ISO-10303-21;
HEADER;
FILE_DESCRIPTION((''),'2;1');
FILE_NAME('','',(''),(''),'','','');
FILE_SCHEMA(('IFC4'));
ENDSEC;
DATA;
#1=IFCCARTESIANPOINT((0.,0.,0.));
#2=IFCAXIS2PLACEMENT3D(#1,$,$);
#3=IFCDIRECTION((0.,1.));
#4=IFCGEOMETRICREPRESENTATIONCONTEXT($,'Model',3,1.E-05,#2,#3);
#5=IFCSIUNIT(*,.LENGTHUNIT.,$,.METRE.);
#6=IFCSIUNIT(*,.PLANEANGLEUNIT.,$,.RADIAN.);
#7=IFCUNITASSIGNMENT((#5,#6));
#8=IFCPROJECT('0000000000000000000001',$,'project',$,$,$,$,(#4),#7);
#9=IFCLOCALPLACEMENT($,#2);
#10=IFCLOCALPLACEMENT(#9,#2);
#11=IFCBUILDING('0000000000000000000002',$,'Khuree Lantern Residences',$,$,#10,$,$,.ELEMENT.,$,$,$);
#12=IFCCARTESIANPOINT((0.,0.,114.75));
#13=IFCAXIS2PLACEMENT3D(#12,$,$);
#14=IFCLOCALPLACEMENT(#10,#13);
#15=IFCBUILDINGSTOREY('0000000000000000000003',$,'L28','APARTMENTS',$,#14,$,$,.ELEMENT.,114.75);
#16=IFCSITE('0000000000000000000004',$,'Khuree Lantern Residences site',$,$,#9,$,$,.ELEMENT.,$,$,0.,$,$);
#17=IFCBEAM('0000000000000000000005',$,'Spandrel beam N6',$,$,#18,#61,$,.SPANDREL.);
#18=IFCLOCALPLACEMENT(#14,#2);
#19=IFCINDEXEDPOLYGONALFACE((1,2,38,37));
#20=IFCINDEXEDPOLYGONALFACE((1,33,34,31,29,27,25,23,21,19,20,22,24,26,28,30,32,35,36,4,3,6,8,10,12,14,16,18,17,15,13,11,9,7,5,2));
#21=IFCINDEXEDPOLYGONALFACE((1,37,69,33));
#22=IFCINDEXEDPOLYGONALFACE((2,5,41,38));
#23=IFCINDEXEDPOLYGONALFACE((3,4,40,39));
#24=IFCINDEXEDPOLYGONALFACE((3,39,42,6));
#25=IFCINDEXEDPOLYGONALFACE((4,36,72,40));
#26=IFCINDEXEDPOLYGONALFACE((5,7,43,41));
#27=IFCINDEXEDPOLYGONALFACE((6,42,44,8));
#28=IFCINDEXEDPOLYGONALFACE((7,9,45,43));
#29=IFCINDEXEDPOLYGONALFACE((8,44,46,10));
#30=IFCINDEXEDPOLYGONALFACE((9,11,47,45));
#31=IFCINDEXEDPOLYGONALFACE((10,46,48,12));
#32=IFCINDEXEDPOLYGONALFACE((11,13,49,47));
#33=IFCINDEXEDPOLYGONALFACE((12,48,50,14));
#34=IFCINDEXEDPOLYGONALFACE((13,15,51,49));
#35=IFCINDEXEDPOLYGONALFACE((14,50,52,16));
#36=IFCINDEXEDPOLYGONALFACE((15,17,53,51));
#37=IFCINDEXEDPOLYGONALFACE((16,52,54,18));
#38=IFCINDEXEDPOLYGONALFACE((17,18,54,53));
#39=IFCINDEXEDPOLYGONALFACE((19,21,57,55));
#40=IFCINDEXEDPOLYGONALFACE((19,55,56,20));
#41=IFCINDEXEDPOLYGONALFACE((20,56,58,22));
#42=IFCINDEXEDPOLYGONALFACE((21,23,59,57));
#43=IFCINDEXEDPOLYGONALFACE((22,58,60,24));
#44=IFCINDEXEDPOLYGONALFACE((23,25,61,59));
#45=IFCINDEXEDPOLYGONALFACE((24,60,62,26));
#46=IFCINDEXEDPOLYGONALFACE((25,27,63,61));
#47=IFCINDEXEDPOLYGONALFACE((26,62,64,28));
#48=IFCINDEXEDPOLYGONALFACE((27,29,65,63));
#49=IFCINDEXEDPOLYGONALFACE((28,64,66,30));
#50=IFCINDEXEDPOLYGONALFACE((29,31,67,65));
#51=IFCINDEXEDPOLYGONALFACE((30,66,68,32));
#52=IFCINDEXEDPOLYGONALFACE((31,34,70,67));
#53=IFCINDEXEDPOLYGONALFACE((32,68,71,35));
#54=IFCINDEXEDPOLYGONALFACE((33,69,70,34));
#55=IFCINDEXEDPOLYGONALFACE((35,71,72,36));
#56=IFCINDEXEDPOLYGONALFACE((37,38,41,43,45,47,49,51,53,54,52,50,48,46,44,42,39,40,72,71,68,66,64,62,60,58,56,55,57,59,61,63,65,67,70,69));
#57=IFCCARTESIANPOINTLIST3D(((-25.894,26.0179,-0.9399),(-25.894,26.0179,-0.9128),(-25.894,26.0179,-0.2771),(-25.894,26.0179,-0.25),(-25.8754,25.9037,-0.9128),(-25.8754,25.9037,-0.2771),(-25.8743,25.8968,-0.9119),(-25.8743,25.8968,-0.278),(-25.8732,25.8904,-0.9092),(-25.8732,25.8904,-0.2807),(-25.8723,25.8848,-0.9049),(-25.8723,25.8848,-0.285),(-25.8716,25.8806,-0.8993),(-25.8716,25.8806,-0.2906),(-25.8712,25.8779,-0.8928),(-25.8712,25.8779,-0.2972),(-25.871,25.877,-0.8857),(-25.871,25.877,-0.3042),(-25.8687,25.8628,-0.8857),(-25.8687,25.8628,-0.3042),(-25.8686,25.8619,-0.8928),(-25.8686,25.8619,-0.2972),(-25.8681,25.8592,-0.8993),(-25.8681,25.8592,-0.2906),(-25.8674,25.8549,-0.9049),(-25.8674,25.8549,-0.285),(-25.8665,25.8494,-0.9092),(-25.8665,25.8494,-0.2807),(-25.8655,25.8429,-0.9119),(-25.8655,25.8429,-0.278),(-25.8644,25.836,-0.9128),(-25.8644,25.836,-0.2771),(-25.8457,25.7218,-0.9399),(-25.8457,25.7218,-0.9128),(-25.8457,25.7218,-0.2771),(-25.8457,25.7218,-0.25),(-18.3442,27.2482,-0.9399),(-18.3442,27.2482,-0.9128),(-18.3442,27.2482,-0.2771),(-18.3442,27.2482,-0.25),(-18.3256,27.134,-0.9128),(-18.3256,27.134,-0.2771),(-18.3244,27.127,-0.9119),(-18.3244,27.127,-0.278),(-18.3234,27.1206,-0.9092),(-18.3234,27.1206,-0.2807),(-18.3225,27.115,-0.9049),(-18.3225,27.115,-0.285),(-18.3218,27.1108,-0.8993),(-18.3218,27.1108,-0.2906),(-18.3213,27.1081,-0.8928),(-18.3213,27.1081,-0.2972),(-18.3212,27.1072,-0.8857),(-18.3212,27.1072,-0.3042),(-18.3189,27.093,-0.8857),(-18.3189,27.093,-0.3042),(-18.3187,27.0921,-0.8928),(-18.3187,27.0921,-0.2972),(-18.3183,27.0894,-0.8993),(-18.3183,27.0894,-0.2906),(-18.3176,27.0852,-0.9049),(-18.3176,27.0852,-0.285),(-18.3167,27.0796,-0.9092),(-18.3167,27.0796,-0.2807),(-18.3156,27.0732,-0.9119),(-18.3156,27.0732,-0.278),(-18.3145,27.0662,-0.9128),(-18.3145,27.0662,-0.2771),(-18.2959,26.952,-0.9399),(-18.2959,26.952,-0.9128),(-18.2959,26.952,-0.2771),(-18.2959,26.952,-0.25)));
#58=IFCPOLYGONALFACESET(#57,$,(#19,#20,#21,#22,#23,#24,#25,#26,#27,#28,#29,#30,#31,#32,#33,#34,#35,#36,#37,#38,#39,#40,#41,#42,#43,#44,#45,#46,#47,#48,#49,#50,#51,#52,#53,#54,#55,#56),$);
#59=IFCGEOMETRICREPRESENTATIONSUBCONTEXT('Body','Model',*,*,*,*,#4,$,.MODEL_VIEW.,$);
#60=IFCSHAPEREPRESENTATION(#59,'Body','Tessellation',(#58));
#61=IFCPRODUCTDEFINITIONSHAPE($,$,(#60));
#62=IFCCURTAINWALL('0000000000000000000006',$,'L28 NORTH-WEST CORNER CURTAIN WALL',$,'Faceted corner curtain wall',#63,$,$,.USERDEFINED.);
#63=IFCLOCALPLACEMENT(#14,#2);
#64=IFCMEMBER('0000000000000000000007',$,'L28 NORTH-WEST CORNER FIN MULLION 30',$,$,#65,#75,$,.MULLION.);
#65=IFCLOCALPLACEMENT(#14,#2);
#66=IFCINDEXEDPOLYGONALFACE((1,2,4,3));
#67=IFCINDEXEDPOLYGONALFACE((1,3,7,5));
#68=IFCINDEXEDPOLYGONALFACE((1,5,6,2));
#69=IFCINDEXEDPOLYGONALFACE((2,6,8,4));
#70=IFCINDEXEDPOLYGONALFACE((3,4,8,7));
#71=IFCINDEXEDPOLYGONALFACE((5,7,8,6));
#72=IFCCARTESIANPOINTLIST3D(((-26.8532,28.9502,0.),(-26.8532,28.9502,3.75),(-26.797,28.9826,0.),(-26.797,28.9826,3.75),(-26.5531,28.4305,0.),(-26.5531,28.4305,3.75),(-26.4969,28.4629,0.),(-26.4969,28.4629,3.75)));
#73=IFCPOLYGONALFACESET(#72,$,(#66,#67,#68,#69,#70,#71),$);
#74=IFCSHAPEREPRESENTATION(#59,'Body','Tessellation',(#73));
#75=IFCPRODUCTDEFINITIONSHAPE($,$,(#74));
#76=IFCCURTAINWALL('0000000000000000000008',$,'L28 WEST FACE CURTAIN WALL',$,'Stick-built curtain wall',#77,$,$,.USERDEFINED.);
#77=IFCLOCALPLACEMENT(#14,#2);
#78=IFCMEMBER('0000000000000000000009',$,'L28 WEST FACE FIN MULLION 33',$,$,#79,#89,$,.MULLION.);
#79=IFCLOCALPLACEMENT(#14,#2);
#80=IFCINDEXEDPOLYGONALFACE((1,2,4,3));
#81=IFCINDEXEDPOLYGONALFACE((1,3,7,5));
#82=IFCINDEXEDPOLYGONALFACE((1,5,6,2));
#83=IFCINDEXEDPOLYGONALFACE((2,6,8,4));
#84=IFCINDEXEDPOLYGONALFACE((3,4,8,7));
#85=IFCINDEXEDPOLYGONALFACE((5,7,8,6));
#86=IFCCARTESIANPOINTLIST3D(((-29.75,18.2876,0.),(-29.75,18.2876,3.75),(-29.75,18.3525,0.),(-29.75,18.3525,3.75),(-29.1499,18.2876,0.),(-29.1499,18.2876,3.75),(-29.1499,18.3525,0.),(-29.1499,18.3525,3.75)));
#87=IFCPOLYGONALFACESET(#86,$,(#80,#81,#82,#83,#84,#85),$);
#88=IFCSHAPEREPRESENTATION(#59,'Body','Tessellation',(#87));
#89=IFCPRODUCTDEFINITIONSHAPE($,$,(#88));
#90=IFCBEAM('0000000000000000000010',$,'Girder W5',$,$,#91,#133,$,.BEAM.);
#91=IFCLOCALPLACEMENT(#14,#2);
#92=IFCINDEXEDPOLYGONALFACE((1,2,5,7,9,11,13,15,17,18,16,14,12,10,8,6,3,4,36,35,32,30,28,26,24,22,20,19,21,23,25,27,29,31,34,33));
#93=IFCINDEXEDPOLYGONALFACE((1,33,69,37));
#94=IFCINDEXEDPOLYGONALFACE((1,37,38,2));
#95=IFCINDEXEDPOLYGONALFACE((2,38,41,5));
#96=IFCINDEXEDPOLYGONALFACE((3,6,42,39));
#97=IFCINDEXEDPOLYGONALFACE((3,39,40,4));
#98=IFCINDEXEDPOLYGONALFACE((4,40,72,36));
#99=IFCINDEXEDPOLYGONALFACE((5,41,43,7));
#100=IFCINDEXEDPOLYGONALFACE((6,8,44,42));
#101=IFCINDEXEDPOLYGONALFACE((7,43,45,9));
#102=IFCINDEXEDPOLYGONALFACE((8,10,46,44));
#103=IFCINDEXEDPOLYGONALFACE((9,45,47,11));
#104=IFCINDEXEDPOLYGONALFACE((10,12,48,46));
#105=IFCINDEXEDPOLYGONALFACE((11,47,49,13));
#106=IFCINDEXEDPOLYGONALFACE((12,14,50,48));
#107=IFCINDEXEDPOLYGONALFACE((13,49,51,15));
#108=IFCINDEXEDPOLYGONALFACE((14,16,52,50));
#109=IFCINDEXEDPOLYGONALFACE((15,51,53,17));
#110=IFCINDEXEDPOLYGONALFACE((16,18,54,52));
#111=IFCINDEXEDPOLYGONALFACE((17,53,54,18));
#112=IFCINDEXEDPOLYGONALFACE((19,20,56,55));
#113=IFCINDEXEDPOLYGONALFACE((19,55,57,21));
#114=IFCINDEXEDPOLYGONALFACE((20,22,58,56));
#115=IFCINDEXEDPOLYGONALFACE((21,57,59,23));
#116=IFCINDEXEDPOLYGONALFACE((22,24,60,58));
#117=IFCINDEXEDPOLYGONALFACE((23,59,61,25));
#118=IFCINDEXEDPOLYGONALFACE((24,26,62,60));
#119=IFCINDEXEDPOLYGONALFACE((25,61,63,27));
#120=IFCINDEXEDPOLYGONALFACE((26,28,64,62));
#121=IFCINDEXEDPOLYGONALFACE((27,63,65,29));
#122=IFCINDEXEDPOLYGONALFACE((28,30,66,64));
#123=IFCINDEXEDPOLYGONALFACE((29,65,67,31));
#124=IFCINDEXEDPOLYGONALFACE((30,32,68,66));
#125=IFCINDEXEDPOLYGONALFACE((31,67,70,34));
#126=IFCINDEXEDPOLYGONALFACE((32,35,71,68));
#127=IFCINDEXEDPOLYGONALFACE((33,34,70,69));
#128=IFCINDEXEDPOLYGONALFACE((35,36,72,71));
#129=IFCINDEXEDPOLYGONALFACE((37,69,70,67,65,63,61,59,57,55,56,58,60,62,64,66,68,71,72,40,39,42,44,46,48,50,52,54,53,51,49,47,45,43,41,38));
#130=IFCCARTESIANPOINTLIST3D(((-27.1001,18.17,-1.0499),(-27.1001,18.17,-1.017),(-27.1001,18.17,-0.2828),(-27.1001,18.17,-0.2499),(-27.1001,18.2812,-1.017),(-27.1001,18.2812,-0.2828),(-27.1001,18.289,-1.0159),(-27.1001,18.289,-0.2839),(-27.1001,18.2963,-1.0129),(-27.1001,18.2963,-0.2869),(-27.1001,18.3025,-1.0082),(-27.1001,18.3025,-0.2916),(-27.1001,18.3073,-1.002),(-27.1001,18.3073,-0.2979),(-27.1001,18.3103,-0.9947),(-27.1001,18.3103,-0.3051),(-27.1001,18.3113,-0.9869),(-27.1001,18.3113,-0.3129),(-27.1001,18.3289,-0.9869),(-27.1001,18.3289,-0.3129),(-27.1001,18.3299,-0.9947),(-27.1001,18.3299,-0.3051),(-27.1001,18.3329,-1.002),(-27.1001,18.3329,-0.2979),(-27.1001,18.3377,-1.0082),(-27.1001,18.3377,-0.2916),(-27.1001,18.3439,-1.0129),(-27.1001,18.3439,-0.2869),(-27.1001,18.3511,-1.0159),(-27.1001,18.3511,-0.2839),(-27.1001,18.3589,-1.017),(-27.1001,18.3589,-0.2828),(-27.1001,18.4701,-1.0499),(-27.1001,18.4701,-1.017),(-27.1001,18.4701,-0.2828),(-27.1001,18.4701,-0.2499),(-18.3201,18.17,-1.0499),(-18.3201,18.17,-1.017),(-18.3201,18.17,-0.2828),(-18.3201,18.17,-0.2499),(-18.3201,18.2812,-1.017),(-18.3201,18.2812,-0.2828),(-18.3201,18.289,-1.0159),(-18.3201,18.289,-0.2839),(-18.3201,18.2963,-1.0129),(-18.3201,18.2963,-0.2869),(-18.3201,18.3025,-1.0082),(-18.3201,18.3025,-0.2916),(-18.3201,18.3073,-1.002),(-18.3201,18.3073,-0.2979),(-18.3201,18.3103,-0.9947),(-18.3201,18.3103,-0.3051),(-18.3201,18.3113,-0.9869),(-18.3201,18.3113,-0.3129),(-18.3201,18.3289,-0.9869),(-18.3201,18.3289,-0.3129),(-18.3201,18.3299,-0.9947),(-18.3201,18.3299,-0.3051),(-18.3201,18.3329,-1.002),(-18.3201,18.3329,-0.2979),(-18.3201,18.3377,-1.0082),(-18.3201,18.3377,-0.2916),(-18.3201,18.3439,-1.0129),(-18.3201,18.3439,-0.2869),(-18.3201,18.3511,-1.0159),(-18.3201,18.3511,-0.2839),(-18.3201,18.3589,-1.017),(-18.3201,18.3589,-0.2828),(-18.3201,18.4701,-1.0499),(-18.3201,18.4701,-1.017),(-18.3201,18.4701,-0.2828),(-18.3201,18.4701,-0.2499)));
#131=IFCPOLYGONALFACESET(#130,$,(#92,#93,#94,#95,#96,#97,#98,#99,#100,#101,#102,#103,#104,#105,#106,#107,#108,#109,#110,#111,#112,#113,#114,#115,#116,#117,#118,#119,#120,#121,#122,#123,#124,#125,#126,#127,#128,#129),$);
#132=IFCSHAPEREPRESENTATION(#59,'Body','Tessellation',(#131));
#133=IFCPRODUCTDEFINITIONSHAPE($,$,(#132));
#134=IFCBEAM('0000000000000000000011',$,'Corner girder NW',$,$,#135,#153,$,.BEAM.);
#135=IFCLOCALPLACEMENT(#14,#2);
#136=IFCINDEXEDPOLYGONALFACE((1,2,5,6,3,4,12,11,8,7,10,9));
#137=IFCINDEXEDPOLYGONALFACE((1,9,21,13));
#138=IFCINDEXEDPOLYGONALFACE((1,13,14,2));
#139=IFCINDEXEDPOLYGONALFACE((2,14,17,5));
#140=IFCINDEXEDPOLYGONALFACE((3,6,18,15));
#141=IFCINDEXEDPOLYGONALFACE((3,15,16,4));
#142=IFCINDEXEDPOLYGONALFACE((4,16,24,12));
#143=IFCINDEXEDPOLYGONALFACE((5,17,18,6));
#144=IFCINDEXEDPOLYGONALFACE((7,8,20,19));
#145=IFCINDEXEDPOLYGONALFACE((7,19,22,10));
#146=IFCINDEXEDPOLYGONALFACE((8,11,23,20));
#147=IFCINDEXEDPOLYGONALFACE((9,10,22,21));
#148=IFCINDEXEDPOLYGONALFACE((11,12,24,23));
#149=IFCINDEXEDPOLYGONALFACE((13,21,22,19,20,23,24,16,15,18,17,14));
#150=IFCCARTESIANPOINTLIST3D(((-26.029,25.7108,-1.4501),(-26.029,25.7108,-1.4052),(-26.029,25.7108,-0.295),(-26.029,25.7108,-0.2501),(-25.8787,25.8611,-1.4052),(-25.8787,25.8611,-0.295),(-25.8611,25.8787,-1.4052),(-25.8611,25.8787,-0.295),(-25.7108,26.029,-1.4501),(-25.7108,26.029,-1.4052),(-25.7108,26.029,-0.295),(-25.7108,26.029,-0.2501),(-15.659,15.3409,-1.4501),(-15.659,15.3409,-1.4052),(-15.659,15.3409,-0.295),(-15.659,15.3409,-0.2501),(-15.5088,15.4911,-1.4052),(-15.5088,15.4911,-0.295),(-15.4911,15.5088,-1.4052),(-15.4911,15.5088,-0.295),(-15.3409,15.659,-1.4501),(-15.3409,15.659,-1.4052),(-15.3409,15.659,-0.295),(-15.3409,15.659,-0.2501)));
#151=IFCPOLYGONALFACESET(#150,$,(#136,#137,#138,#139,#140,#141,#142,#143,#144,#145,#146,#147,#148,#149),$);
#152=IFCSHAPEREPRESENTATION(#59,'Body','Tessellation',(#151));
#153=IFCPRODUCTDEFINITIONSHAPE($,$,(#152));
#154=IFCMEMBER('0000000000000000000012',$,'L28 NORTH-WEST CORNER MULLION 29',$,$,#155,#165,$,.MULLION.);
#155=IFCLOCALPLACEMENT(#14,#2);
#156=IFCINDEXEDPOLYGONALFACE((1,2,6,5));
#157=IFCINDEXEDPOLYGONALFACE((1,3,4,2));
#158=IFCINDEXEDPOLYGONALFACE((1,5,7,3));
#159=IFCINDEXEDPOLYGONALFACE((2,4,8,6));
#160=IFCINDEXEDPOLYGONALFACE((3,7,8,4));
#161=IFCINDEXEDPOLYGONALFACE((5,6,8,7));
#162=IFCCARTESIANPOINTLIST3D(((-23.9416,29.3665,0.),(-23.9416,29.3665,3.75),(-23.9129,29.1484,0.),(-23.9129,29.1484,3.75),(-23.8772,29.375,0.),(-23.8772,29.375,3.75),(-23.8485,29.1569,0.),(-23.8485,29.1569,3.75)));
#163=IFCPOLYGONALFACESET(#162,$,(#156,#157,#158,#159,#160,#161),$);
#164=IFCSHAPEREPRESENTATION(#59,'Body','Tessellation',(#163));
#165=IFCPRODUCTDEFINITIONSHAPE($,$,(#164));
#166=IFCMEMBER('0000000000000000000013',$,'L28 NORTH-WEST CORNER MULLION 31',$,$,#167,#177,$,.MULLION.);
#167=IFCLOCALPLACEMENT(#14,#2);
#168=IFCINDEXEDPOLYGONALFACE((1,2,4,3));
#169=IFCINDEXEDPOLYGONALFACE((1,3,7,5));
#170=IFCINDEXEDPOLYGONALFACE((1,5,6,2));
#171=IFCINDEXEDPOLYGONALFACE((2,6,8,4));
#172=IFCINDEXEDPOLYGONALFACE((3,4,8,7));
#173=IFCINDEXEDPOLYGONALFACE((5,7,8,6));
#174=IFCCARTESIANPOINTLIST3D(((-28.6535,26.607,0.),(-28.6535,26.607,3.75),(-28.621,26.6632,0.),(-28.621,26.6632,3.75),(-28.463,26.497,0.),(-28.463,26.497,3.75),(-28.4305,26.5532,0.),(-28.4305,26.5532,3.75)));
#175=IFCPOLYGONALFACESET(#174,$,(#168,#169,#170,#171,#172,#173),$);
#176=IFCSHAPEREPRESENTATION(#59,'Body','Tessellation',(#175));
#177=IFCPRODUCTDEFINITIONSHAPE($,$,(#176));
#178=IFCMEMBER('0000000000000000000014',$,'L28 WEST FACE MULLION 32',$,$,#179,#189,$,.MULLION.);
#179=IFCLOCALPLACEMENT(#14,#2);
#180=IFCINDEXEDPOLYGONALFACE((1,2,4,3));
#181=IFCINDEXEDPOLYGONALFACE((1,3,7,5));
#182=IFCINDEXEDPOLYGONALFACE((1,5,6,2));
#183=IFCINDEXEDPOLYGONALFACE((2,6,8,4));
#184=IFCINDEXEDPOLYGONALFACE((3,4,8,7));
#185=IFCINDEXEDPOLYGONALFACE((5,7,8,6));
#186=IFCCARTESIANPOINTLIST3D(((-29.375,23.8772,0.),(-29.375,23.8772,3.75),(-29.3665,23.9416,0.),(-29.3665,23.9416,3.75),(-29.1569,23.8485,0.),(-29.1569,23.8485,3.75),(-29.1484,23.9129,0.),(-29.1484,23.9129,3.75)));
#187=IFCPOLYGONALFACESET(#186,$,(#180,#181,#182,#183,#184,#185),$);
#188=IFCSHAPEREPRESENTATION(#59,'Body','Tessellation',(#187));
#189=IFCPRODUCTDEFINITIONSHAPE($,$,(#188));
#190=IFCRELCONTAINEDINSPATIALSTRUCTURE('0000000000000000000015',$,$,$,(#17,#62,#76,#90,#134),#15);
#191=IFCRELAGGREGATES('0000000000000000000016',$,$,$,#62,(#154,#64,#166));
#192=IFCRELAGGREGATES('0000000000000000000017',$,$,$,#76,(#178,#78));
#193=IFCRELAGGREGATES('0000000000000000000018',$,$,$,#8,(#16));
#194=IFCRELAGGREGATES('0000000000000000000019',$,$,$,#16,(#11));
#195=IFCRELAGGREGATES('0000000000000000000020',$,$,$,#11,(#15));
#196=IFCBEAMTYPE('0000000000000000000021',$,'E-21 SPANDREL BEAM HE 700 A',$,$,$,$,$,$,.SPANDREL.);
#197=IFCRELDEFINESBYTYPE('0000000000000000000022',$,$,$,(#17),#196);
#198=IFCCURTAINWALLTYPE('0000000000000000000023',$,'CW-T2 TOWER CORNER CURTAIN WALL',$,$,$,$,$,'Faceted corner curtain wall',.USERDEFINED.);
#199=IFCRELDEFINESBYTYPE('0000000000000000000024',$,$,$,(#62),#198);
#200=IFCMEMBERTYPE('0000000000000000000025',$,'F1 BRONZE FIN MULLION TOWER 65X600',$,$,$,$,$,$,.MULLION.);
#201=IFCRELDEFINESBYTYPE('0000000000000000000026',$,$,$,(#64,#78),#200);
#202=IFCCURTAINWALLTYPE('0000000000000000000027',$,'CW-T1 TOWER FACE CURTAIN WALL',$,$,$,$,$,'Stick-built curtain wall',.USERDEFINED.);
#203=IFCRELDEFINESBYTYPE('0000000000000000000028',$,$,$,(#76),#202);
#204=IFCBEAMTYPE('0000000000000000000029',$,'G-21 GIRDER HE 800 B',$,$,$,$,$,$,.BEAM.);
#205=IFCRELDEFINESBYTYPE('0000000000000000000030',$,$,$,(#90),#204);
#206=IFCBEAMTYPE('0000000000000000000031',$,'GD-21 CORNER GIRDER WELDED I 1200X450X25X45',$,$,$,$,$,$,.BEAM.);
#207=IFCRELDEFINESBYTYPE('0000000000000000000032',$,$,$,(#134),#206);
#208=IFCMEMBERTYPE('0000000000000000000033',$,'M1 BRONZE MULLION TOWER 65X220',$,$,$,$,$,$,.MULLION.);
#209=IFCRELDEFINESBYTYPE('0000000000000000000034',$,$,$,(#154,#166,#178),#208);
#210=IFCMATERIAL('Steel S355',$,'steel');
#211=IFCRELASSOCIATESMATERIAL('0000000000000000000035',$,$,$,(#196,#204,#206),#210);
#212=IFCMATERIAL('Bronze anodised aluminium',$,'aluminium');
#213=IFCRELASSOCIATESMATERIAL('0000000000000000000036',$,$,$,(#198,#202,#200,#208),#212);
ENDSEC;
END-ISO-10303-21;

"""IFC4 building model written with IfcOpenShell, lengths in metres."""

from ifc_helpers import new_model, si_unit, direction, frame, origin, origin_2d, place, context, subcontext, project, spatial, rectangle, i_section, extrude, material, material_profile, profile_set, type_object, element, aggregate, save


model = new_model("IFC4")

# Units and contexts
model_context = context("Model", 3, precision=1e-05, world=origin(), true_north=direction((0.0, 1.0)))
body_context = subcontext(model_context, "Body", "Model", "MODEL_VIEW")
ifc_project = project(units=[si_unit("LENGTHUNIT", "METRE"), si_unit("PLANEANGLEUNIT", "RADIAN")], contexts=[model_context])

# Site, building, storey
site_placement = place(None, origin())
site = spatial("IfcSite", under=ifc_project, at=site_placement, Name="Khuree Lantern Residences site", CompositionType="ELEMENT", RefElevation=0.0)
building_placement = place(site_placement, origin())
building = spatial("IfcBuilding", under=site, at=building_placement, Name="Khuree Lantern Residences", CompositionType="ELEMENT")
storey_placement = place(building_placement, frame((0.0, 0.0, 114.75)))
storey = spatial("IfcBuildingStorey", under=building, at=storey_placement, Name="L28", Description="APARTMENTS", CompositionType="ELEMENT", Elevation=114.75)

# Beam
ifc_material_1 = material(Name="Steel S355", Category="steel")
ifc_material_profile_1 = material_profile(ifc_material_1, i_section(OverallWidth=0.3, OverallDepth=0.6899, WebThickness=0.0144, FlangeThickness=0.0271, FilletRadius=0.0271, at=origin_2d()), Name="HE 700 A")
ifc_profile_set_1 = profile_set([ifc_material_profile_1], Name="Steel S355")
beam_type_1 = type_object("IfcBeamType", Name="E-21 SPANDREL BEAM HE 700 A", PredefinedType="SPANDREL", material=ifc_profile_set_1)
for number, where, z_axis, x_axis, name in (
    (1, (-25.8699, 25.8699, -0.595), (0.986983, 0.160827, 0.0), (-0.160827, 0.986983, 0.0), "Spandrel beam N6"),
):
    element("IfcBeam", number, at=place(storey_placement, frame(where, z_axis=z_axis, x_axis=x_axis)), inside=storey, type_object=beam_type_1, Name=name, PredefinedType="SPANDREL", context=body_context, shape_type="SweptSolid", body=[
        extrude(i_section(OverallWidth=0.3, OverallDepth=0.6899, WebThickness=0.0144, FlangeThickness=0.0271, FilletRadius=0.0271, at=origin_2d()), origin(), (0.0, 0.0, 1.0), 7.6494),
    ])

# Curtain walls, members
ifc_material_2 = material(Name="Bronze anodised aluminium", Category="aluminium")
curtain_wall_type_1 = type_object("IfcCurtainWallType", Name="CW-T2 TOWER CORNER CURTAIN WALL", ElementType="Faceted corner curtain wall", PredefinedType="USERDEFINED", material=ifc_material_2)
curtain_wall_1_placement = place(storey_placement, origin())
curtain_wall_1 = element("IfcCurtainWall", 2, at=curtain_wall_1_placement, inside=storey, type_object=curtain_wall_type_1, Name="L28 NORTH-WEST CORNER CURTAIN WALL", ObjectType="Faceted corner curtain wall", PredefinedType="USERDEFINED")
ifc_material_profile_2 = material_profile(ifc_material_2, rectangle(XDim=0.0649, YDim=0.6001, at=origin_2d()), Name="F1 65X600")
ifc_profile_set_2 = profile_set([ifc_material_profile_2], Name="Bronze anodised aluminium")
member_type_1 = type_object("IfcMemberType", Name="F1 BRONZE FIN MULLION TOWER 65X600", PredefinedType="MULLION", material=ifc_profile_set_2)
member_1_placement = place(storey_placement, frame((-26.675, 28.7065, 0.0), z_axis=(0.0, 0.0, 1.0), x_axis=(-0.866025, -0.5, 0.0)))
member_1 = element("IfcMember", 3, at=member_1_placement, type_object=member_type_1, Name="L28 NORTH-WEST CORNER FIN MULLION 30", PredefinedType="MULLION", context=body_context, shape_type="SweptSolid", body=[
    extrude(rectangle(XDim=0.0649, YDim=0.6001, at=origin_2d()), origin(), (0.0, 0.0, 1.0), 3.75),
])
curtain_wall_type_2 = type_object("IfcCurtainWallType", Name="CW-T1 TOWER FACE CURTAIN WALL", ElementType="Stick-built curtain wall", PredefinedType="USERDEFINED", material=ifc_material_2)
curtain_wall_2_placement = place(storey_placement, origin())
curtain_wall_2 = element("IfcCurtainWall", 4, at=curtain_wall_2_placement, inside=storey, type_object=curtain_wall_type_2, Name="L28 WEST FACE CURTAIN WALL", ObjectType="Stick-built curtain wall", PredefinedType="USERDEFINED")
member_2_placement = place(storey_placement, frame((-29.45, 18.3201, 0.0), z_axis=(0.0, 0.0, 1.0), x_axis=(0.0, -1.0, 0.0)))
member_2 = element("IfcMember", 5, at=member_2_placement, type_object=member_type_1, Name="L28 WEST FACE FIN MULLION 33", PredefinedType="MULLION", context=body_context, shape_type="SweptSolid", body=[
    extrude(rectangle(XDim=0.0649, YDim=0.6001, at=origin_2d()), origin(), (0.0, 0.0, 1.0), 3.75),
])

# Beams
ifc_material_profile_3 = material_profile(ifc_material_1, i_section(OverallWidth=0.3, OverallDepth=0.8, WebThickness=0.0176, FlangeThickness=0.033, FilletRadius=0.03, at=origin_2d()), Name="HE 800 B")
ifc_profile_set_3 = profile_set([ifc_material_profile_3], Name="Steel S355")
beam_type_2 = type_object("IfcBeamType", Name="G-21 GIRDER HE 800 B", PredefinedType="BEAM", material=ifc_profile_set_3)
beam_1_placement = place(storey_placement, frame((-27.1001, 18.3201, -0.6499), z_axis=(1.0, 0.0, 0.0), x_axis=(0.0, 1.0, 0.0)))
element("IfcBeam", 6, at=beam_1_placement, inside=storey, type_object=beam_type_2, Name="Girder W5", PredefinedType="BEAM", context=body_context, shape_type="SweptSolid", body=[
    extrude(i_section(OverallWidth=0.3, OverallDepth=0.8, WebThickness=0.0176, FlangeThickness=0.033, FilletRadius=0.03, at=origin_2d()), origin(), (0.0, 0.0, 1.0), 8.78),
])
ifc_material_profile_4 = material_profile(ifc_material_1, i_section(OverallWidth=0.45, OverallDepth=1.2, WebThickness=0.0249, FlangeThickness=0.0449, at=origin_2d()), Name="WELDED I 1200X450X25X45")
ifc_profile_set_4 = profile_set([ifc_material_profile_4], Name="Steel S355")
beam_type_3 = type_object("IfcBeamType", Name="GD-21 CORNER GIRDER WELDED I 1200X450X25X45", PredefinedType="BEAM", material=ifc_profile_set_4)
beam_2_placement = place(storey_placement, frame((-25.8699, 25.8699, -0.8501), z_axis=(0.707107, -0.707107, 0.0), x_axis=(0.707107, 0.707107, 0.0)))
element("IfcBeam", 7, at=beam_2_placement, inside=storey, type_object=beam_type_3, Name="Corner girder NW", PredefinedType="BEAM", context=body_context, shape_type="SweptSolid", body=[
    extrude(i_section(OverallWidth=0.45, OverallDepth=1.2, WebThickness=0.0249, FlangeThickness=0.0449, at=origin_2d()), origin(), (0.0, 0.0, 1.0), 14.6653),
])

# Members
ifc_material_profile_5 = material_profile(ifc_material_2, rectangle(XDim=0.0649, YDim=0.22, at=origin_2d()), Name="M1 65X220")
ifc_profile_set_5 = profile_set([ifc_material_profile_5], Name="Bronze anodised aluminium")
member_type_2 = type_object("IfcMemberType", Name="M1 BRONZE MULLION TOWER 65X220", PredefinedType="MULLION", material=ifc_profile_set_5)
member_3_placement = place(storey_placement, frame((-23.895, 29.2617, 0.0), z_axis=(0.0, 0.0, 1.0), x_axis=(-0.991445, -0.130526, 0.0)))
member_3 = element("IfcMember", 8, at=member_3_placement, type_object=member_type_2, Name="L28 NORTH-WEST CORNER MULLION 29", PredefinedType="MULLION", context=body_context, shape_type="SweptSolid", body=[
    extrude(rectangle(XDim=0.0649, YDim=0.22, at=origin_2d()), origin(), (0.0, 0.0, 1.0), 3.75),
])
member_4_placement = place(storey_placement, frame((-28.542, 26.5801, 0.0), z_axis=(0.0, 0.0, 1.0), x_axis=(-0.5, -0.866025, 0.0)))
member_4 = element("IfcMember", 9, at=member_4_placement, type_object=member_type_2, Name="L28 NORTH-WEST CORNER MULLION 31", PredefinedType="MULLION", context=body_context, shape_type="SweptSolid", body=[
    extrude(rectangle(XDim=0.0649, YDim=0.22, at=origin_2d()), origin(), (0.0, 0.0, 1.0), 3.75),
])
member_5_placement = place(storey_placement, frame((-29.2617, 23.895, 0.0), z_axis=(0.0, 0.0, 1.0), x_axis=(-0.130526, -0.991445, 0.0)))
member_5 = element("IfcMember", 10, at=member_5_placement, type_object=member_type_2, Name="L28 WEST FACE MULLION 32", PredefinedType="MULLION", context=body_context, shape_type="SweptSolid", body=[
    extrude(rectangle(XDim=0.0649, YDim=0.22, at=origin_2d()), origin(), (0.0, 0.0, 1.0), 3.75),
])

aggregate(curtain_wall_1, [member_3, member_1, member_4])

aggregate(curtain_wall_2, [member_5, member_2])

save(model, "model.ifc")
